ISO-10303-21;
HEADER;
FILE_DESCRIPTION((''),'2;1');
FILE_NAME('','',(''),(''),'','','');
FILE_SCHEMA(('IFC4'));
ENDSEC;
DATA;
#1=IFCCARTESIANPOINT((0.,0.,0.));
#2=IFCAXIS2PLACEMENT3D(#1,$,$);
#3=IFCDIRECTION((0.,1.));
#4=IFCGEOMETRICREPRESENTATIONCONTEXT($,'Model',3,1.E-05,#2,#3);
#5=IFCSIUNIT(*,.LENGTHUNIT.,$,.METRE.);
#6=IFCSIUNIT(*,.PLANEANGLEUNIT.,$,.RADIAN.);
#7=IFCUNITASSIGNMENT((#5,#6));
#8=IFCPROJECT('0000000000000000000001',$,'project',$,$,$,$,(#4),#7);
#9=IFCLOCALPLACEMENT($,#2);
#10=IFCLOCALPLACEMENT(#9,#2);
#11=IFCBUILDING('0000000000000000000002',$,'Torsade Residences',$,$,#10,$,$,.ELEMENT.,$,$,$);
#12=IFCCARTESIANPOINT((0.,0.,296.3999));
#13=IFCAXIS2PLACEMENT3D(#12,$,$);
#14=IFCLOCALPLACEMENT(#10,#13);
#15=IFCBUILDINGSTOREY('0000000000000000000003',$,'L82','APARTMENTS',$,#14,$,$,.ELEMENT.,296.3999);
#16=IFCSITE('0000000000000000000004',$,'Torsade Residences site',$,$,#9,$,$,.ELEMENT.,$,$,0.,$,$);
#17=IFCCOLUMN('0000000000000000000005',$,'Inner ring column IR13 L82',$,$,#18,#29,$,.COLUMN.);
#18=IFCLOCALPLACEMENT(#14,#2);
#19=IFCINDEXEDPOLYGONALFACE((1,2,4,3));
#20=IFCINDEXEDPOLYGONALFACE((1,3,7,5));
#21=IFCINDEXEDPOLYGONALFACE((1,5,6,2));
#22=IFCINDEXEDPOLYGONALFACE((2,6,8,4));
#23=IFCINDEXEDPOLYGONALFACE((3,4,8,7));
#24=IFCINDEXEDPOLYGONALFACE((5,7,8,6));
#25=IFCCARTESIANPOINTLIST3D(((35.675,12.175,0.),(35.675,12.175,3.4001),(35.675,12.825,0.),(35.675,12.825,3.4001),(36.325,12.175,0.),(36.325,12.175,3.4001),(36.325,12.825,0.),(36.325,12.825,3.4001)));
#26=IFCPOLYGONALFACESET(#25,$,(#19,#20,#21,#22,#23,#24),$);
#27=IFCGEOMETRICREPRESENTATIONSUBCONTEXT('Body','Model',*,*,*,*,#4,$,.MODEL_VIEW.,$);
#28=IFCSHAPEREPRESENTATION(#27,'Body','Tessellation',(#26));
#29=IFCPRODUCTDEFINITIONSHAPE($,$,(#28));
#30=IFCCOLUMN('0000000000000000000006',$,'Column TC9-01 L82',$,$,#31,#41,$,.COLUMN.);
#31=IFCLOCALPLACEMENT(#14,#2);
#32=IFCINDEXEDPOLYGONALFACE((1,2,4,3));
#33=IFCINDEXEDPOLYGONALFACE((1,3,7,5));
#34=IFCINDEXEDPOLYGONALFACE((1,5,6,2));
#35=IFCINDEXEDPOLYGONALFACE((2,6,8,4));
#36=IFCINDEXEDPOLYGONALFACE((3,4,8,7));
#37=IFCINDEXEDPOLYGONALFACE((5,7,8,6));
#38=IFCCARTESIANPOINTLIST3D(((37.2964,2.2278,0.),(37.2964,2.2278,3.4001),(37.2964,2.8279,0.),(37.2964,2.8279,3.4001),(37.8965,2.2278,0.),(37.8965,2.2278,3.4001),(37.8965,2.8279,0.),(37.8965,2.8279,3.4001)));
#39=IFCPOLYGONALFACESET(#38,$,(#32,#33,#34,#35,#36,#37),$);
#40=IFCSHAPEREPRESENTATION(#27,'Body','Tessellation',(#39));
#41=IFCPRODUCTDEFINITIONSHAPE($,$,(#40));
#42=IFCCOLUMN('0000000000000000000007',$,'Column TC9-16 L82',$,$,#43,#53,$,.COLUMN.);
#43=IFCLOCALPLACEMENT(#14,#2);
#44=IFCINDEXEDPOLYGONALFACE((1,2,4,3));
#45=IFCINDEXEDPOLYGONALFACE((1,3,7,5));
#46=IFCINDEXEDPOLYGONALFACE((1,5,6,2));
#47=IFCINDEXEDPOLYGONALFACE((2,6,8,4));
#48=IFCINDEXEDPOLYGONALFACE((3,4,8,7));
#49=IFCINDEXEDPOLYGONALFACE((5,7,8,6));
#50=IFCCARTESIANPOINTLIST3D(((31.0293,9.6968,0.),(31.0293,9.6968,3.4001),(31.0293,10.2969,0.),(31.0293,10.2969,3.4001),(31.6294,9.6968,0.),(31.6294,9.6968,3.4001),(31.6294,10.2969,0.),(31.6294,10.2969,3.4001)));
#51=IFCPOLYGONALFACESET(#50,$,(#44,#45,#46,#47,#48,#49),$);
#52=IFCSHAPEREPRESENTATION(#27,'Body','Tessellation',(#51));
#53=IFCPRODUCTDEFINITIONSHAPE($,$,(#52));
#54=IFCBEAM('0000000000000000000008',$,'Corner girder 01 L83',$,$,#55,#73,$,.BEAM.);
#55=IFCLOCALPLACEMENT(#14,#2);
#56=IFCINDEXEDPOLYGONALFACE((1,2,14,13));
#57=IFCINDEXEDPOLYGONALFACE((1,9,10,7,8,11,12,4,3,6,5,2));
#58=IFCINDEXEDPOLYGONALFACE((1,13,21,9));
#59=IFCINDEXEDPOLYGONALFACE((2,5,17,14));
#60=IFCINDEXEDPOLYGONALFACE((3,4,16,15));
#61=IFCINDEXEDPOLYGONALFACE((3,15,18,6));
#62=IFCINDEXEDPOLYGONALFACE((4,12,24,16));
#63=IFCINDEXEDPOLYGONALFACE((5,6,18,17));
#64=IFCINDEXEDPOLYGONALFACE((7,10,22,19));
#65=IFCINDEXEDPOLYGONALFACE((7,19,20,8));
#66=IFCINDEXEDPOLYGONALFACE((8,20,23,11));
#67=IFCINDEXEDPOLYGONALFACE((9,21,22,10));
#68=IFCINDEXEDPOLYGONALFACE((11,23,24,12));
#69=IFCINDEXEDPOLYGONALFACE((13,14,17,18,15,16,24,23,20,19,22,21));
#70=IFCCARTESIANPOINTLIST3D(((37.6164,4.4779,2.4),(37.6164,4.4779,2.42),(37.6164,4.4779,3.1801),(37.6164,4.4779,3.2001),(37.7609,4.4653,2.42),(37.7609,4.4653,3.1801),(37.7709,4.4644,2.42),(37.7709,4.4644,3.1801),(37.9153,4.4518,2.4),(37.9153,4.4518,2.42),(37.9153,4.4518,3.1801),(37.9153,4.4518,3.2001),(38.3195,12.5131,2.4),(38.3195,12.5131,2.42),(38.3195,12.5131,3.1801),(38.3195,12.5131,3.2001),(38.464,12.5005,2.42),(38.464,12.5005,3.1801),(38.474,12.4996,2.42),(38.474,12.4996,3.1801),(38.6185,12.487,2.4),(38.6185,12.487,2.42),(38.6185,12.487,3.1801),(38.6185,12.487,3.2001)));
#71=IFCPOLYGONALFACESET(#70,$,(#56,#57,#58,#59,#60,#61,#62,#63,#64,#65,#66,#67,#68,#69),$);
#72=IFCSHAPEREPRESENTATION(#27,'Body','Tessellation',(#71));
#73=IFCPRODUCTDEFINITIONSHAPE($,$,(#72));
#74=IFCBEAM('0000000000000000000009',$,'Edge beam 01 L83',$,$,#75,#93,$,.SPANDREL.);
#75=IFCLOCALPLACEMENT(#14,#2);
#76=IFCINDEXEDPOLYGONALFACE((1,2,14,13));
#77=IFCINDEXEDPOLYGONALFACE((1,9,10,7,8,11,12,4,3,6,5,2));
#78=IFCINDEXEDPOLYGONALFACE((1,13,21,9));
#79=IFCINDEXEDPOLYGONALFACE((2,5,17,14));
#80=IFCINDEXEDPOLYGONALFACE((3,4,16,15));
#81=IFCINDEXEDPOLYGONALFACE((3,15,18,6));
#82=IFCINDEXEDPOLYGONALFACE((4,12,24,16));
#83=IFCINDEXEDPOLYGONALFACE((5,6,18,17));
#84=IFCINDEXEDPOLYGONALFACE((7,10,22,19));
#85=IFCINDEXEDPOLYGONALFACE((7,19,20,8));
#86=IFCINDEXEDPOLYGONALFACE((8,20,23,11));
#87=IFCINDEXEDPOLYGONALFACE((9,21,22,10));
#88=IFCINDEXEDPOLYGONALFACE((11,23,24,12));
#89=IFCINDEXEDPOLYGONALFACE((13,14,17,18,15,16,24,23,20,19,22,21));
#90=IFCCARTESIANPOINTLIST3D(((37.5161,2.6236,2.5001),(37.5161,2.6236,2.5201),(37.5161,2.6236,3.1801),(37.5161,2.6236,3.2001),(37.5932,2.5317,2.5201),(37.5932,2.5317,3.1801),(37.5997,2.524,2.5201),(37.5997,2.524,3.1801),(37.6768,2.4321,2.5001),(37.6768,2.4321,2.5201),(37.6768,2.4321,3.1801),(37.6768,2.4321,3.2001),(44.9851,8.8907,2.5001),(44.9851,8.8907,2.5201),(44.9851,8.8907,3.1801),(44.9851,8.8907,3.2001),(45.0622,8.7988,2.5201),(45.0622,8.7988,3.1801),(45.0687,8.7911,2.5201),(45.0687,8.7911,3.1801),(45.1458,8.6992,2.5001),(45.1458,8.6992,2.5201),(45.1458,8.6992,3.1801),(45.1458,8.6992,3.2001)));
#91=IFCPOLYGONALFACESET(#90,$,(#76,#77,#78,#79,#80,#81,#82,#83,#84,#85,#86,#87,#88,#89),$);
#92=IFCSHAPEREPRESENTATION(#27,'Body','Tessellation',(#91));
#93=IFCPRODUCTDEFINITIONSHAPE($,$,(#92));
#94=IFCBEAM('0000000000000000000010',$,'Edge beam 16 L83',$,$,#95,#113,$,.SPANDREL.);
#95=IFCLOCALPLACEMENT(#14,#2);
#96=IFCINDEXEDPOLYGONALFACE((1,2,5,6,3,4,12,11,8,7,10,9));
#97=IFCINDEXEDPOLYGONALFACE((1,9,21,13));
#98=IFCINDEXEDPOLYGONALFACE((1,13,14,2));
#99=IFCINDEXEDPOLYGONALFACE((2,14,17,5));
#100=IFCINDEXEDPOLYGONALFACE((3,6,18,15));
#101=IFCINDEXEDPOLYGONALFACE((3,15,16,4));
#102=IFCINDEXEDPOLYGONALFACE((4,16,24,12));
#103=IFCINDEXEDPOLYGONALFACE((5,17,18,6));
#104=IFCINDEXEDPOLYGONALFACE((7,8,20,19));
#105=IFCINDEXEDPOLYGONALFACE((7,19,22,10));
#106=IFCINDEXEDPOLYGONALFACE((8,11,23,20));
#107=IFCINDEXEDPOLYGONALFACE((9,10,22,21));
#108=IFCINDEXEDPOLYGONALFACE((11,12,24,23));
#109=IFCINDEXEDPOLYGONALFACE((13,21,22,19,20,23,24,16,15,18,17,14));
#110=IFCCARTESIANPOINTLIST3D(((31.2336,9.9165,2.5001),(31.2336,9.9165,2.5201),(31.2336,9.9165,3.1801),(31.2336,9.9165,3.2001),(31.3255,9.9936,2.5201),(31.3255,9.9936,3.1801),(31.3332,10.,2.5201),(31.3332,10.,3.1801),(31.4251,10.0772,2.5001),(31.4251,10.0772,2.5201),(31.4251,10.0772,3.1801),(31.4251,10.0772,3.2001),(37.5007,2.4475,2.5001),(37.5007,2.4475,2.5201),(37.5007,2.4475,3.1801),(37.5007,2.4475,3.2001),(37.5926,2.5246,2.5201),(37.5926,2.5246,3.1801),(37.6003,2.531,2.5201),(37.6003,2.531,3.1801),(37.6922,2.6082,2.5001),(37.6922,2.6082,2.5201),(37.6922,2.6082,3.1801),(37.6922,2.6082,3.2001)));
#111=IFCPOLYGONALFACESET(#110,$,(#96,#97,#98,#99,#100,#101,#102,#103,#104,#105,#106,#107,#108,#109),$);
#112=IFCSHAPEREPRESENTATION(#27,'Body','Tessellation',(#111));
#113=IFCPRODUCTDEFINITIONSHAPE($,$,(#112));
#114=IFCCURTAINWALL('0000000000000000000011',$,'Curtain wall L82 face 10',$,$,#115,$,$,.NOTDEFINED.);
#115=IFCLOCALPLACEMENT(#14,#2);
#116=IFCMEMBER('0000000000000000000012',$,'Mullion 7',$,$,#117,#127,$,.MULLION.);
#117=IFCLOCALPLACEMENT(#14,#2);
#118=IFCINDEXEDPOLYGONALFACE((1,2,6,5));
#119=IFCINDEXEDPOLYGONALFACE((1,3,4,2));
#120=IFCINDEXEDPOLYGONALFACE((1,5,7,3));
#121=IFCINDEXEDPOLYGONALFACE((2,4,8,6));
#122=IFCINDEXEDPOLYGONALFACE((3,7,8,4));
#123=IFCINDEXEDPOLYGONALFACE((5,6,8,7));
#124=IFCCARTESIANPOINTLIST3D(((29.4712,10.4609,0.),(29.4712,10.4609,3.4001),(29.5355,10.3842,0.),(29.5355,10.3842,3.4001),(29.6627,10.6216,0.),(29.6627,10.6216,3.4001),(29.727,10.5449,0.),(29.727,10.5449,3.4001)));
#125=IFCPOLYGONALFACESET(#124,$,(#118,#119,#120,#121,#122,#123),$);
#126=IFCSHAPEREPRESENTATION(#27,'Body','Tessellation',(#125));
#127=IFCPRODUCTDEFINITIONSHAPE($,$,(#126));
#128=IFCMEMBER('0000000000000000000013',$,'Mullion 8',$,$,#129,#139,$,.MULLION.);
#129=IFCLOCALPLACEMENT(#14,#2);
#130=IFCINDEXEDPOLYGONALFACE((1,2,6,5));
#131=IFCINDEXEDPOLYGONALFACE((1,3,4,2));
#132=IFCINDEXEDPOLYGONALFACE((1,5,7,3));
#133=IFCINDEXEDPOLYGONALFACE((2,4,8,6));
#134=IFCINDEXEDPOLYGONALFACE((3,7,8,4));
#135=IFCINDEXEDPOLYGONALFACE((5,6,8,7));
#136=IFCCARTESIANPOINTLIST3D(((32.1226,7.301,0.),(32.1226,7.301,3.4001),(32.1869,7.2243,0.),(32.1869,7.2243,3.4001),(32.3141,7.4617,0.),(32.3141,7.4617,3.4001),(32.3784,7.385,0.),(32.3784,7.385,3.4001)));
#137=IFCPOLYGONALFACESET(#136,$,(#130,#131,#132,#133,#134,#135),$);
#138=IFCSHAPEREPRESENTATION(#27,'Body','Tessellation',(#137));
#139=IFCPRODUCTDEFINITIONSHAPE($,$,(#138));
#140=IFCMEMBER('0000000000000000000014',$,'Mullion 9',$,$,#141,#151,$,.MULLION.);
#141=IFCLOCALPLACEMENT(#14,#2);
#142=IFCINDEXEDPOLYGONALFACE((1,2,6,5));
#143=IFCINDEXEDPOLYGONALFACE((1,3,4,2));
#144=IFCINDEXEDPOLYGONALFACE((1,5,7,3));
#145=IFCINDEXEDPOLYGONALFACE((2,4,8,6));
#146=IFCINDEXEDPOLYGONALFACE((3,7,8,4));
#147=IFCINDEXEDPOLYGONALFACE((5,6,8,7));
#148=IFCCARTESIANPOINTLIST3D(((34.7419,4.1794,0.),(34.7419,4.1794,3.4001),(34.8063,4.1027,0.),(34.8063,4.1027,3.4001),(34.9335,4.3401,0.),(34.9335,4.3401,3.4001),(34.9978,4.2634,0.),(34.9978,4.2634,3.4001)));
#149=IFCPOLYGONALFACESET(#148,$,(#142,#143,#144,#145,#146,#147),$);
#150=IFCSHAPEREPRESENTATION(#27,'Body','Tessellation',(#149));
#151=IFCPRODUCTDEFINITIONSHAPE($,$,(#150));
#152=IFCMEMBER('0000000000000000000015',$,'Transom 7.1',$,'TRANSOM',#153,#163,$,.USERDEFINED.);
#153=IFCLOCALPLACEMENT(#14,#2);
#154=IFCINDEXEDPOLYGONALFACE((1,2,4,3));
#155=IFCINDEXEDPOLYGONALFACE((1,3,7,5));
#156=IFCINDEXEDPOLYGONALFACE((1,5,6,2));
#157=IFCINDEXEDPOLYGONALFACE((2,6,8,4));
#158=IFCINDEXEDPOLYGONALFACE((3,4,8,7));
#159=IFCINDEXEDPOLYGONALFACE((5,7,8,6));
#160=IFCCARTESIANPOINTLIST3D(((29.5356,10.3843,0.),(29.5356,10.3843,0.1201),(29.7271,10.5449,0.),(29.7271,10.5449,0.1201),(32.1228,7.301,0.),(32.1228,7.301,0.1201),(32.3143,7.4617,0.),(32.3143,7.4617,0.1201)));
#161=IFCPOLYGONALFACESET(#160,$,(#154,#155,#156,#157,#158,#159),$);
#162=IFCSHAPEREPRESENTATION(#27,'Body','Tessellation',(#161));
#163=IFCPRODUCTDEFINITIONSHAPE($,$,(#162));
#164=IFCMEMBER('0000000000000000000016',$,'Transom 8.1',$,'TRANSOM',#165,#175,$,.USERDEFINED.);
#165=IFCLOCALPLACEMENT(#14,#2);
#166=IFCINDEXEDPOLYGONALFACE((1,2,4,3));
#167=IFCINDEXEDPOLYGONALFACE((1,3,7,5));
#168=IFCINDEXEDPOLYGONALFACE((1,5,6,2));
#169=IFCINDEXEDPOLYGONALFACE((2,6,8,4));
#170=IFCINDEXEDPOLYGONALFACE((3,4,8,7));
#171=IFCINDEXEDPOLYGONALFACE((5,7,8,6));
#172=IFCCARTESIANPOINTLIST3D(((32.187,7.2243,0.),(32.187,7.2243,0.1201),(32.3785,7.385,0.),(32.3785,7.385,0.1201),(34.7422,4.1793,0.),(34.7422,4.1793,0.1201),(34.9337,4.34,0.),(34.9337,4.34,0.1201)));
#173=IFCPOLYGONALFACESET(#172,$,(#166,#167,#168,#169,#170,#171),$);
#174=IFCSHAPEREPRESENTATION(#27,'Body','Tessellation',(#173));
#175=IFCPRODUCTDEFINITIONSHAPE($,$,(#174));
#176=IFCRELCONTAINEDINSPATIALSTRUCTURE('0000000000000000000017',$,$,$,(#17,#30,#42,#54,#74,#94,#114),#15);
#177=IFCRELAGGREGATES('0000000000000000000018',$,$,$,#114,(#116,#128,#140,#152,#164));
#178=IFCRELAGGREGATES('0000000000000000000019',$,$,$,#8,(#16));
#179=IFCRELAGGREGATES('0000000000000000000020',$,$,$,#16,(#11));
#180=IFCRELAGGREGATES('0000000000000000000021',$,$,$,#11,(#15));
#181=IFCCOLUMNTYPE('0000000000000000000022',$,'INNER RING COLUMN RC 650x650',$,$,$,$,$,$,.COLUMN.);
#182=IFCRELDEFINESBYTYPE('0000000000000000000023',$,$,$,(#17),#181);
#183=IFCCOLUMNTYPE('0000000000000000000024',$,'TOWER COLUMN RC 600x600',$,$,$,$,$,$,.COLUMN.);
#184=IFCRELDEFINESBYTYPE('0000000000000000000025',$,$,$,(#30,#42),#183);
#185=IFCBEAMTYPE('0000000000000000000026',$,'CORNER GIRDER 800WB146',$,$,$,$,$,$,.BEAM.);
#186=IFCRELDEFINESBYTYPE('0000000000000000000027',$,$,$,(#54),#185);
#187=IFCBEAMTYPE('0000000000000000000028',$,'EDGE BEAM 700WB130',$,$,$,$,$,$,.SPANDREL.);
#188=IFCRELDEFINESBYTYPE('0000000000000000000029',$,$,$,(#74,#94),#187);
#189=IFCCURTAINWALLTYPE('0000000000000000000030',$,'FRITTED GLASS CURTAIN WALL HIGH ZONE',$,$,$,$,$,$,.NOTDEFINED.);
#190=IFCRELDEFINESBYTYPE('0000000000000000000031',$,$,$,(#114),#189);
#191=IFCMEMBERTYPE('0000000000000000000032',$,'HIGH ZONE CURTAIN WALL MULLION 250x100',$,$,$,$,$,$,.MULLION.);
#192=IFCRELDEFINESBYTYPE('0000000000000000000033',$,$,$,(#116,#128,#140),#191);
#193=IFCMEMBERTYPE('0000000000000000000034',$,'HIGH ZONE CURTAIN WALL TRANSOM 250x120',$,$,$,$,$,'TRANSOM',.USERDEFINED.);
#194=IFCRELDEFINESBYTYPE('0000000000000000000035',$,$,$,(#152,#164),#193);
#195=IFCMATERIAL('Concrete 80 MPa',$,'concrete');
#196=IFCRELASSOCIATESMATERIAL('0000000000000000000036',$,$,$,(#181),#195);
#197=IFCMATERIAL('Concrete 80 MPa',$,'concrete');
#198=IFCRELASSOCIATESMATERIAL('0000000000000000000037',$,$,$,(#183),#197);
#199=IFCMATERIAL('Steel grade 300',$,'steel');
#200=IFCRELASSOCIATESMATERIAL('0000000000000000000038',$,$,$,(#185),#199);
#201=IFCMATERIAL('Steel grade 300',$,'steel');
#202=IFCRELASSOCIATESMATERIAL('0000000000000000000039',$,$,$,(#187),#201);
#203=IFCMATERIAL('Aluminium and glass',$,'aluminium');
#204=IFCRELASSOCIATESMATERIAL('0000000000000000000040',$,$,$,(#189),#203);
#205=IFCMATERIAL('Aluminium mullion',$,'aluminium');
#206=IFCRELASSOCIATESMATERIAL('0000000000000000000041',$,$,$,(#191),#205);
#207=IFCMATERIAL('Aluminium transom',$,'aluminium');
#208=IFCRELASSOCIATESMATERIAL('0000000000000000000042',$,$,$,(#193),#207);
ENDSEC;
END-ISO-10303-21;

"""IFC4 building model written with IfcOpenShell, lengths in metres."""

from ifc_helpers import new_model, si_unit, direction, frame, origin, origin_2d, place, context, subcontext, project, spatial, rectangle, i_section, extrude, material, material_profile, profile_set, type_object, element, aggregate, save


model = new_model("IFC4")

# Units and contexts
model_context = context("Model", 3, precision=1e-05, world=origin(), true_north=direction((0.0, 1.0)))
body_context = subcontext(model_context, "Body", "Model", "MODEL_VIEW")
ifc_project = project(units=[si_unit("LENGTHUNIT", "METRE"), si_unit("PLANEANGLEUNIT", "RADIAN")], contexts=[model_context])

# Site, building, storey
site_placement = place(None, origin())
site = spatial("IfcSite", under=ifc_project, at=site_placement, Name="Torsade Residences site", CompositionType="ELEMENT", RefElevation=0.0)
building_placement = place(site_placement, origin())
building = spatial("IfcBuilding", under=site, at=building_placement, Name="Torsade Residences", CompositionType="ELEMENT")
storey_placement = place(building_placement, frame((0.0, 0.0, 296.3999)))
storey = spatial("IfcBuildingStorey", under=building, at=storey_placement, Name="L82", Description="APARTMENTS", CompositionType="ELEMENT", Elevation=296.3999)

# Columns
ifc_material_1 = material(Name="Concrete 80 MPa", Category="concrete")
ifc_material_profile_1 = material_profile(ifc_material_1, rectangle(XDim=0.6499, YDim=0.6499, at=origin_2d()), Name="RC 650x650")
ifc_profile_set_1 = profile_set([ifc_material_profile_1], Name="Concrete 80 MPa")
column_type_1 = type_object("IfcColumnType", Name="INNER RING COLUMN RC 650x650", PredefinedType="COLUMN", material=ifc_profile_set_1)
column_placement = place(storey_placement, frame((36.0, 12.5, 0.0), z_axis=(0.0, 0.0, 1.0), x_axis=(1.0, 0.0, 0.0)))
element("IfcColumn", 1, at=column_placement, inside=storey, type_object=column_type_1, Name="Inner ring column IR13 L82", PredefinedType="COLUMN", context=body_context, shape_type="SweptSolid", body=[
    extrude(rectangle(XDim=0.6499, YDim=0.6499, at=origin_2d()), origin(), (0.0, 0.0, 1.0), 3.4001),
])
ifc_material_2 = material(Name="Concrete 80 MPa", Category="concrete")
ifc_material_profile_2 = material_profile(ifc_material_2, rectangle(XDim=0.6001, YDim=0.6001, at=origin_2d()), Name="RC 600x600")
ifc_profile_set_2 = profile_set([ifc_material_profile_2], Name="Concrete 80 MPa")
column_type_2 = type_object("IfcColumnType", Name="TOWER COLUMN RC 600x600", PredefinedType="COLUMN", material=ifc_profile_set_2)
for number, where, z_axis, x_axis, name in (
    (2, (37.5964, 2.5278, 0.0), (0.0, 0.0, 1.0), (1.0, 0.0, 0.0), "Column TC9-01 L82"),
    (3, (31.3293, 9.9968, 0.0), (0.0, 0.0, 1.0), (1.0, 0.0, 0.0), "Column TC9-16 L82"),
):
    element("IfcColumn", number, at=place(storey_placement, frame(where, z_axis=z_axis, x_axis=x_axis)), inside=storey, type_object=column_type_2, Name=name, PredefinedType="COLUMN", context=body_context, shape_type="SweptSolid", body=[
        extrude(rectangle(XDim=0.6001, YDim=0.6001, at=origin_2d()), origin(), (0.0, 0.0, 1.0), 3.4001),
    ])

# Beams
ifc_material_3 = material(Name="Steel grade 300", Category="steel")
ifc_material_profile_3 = material_profile(ifc_material_3, i_section(OverallWidth=0.3, OverallDepth=0.8, WebThickness=0.01, FlangeThickness=0.02, at=origin_2d()), Name="800WB146")
ifc_profile_set_3 = profile_set([ifc_material_profile_3], Name="Steel grade 300")
beam_type_1 = type_object("IfcBeamType", Name="CORNER GIRDER 800WB146", PredefinedType="BEAM", material=ifc_profile_set_3)
beam_1_placement = place(storey_placement, frame((37.7659, 4.4648, 2.8), z_axis=(0.087173, 0.996193, 0.0), x_axis=(-0.996193, 0.087173, 0.0)))
element("IfcBeam", 4, at=beam_1_placement, inside=storey, type_object=beam_type_1, Name="Corner girder 01 L83", PredefinedType="BEAM", context=body_context, shape_type="SweptSolid", body=[
    extrude(i_section(OverallWidth=0.3, OverallDepth=0.8, WebThickness=0.01, FlangeThickness=0.02, at=origin_2d()), origin(), (0.0, 0.0, 1.0), 8.0659),
])
ifc_material_4 = material(Name="Steel grade 300", Category="steel")
ifc_material_profile_4 = material_profile(ifc_material_4, i_section(OverallWidth=0.25, OverallDepth=0.7, WebThickness=0.01, FlangeThickness=0.02, at=origin_2d()), Name="700WB130")
ifc_profile_set_4 = profile_set([ifc_material_profile_4], Name="Steel grade 300")
beam_type_2 = type_object("IfcBeamType", Name="EDGE BEAM 700WB130", PredefinedType="SPANDREL", material=ifc_profile_set_4)
for number, where, z_axis, x_axis, name in (
    (5, (37.5964, 2.5278, 2.8501), (0.766052, 0.642779, 0.0), (-0.642779, 0.766052, 0.0), "Edge beam 01 L83"),
    (6, (31.3293, 9.9968, 2.8501), (0.642779, -0.766052, 0.0), (0.766052, 0.642779, 0.0), "Edge beam 16 L83"),
):
    element("IfcBeam", number, at=place(storey_placement, frame(where, z_axis=z_axis, x_axis=x_axis)), inside=storey, type_object=beam_type_2, Name=name, PredefinedType="SPANDREL", context=body_context, shape_type="SweptSolid", body=[
        extrude(i_section(OverallWidth=0.25, OverallDepth=0.7, WebThickness=0.01, FlangeThickness=0.02, at=origin_2d()), origin(), (0.0, 0.0, 1.0), 9.75),
    ])

# Curtain wall, members
ifc_material_5 = material(Name="Aluminium and glass", Category="aluminium")
curtain_wall_type = type_object("IfcCurtainWallType", Name="FRITTED GLASS CURTAIN WALL HIGH ZONE", PredefinedType="NOTDEFINED", material=ifc_material_5)
curtain_wall_placement = place(storey_placement, origin())
curtain_wall = element("IfcCurtainWall", 7, at=curtain_wall_placement, inside=storey, type_object=curtain_wall_type, Name="Curtain wall L82 face 10", PredefinedType="NOTDEFINED")
ifc_material_6 = material(Name="Aluminium mullion", Category="aluminium")
ifc_material_profile_5 = material_profile(ifc_material_6, rectangle(XDim=0.25, YDim=0.1001, at=origin_2d()), Name="HIGH ZONE CURTAIN WALL MULLION 250x100")
ifc_profile_set_5 = profile_set([ifc_material_profile_5], Name="Aluminium mullion")
member_type_1 = type_object("IfcMemberType", Name="HIGH ZONE CURTAIN WALL MULLION 250x100", PredefinedType="MULLION", material=ifc_profile_set_5)
member_1_placement = place(storey_placement, frame((29.5991, 10.5029, 0.0), z_axis=(0.0, 0.0, 1.0), x_axis=(0.766044, 0.642788, 0.0)))
member_1 = element("IfcMember", 8, at=member_1_placement, type_object=member_type_1, Name="Mullion 7", PredefinedType="MULLION", context=body_context, shape_type="SweptSolid", body=[
    extrude(rectangle(XDim=0.25, YDim=0.1001, at=origin_2d()), origin(), (0.0, 0.0, 1.0), 3.4001),
])
member_2_placement = place(storey_placement, frame((32.2505, 7.343, 0.0), z_axis=(0.0, 0.0, 1.0), x_axis=(0.766044, 0.642788, 0.0)))
member_2 = element("IfcMember", 9, at=member_2_placement, type_object=member_type_1, Name="Mullion 8", PredefinedType="MULLION", context=body_context, shape_type="SweptSolid", body=[
    extrude(rectangle(XDim=0.25, YDim=0.1001, at=origin_2d()), origin(), (0.0, 0.0, 1.0), 3.4001),
])
member_3_placement = place(storey_placement, frame((34.8699, 4.2214, 0.0), z_axis=(0.0, 0.0, 1.0), x_axis=(0.766044, 0.642788, 0.0)))
member_3 = element("IfcMember", 10, at=member_3_placement, type_object=member_type_1, Name="Mullion 9", PredefinedType="MULLION", context=body_context, shape_type="SweptSolid", body=[
    extrude(rectangle(XDim=0.25, YDim=0.1001, at=origin_2d()), origin(), (0.0, 0.0, 1.0), 3.4001),
])
ifc_material_7 = material(Name="Aluminium transom", Category="aluminium")
ifc_material_profile_6 = material_profile(ifc_material_7, rectangle(XDim=0.25, YDim=0.1201, at=origin_2d()), Name="HIGH ZONE CURTAIN WALL TRANSOM 250x120")
ifc_profile_set_6 = profile_set([ifc_material_profile_6], Name="Aluminium transom")
member_type_2 = type_object("IfcMemberType", Name="HIGH ZONE CURTAIN WALL TRANSOM 250x120", ElementType="TRANSOM", PredefinedType="USERDEFINED", material=ifc_profile_set_6)
member_4_placement = place(storey_placement, frame((29.6313, 10.4646, 0.0601), z_axis=(0.642788, -0.766044, 0.0), x_axis=(0.766044, 0.642788, 0.0)))
member_4 = element("IfcMember", 11, at=member_4_placement, type_object=member_type_2, Name="Transom 7.1", ObjectType="TRANSOM", PredefinedType="USERDEFINED", context=body_context, shape_type="SweptSolid", body=[
    extrude(rectangle(XDim=0.25, YDim=0.1201, at=origin_2d()), origin(), (0.0, 0.0, 1.0), 4.0249),
])
member_5_placement = place(storey_placement, frame((32.2827, 7.3047, 0.0601), z_axis=(0.642815, -0.766022, 0.0), x_axis=(0.766022, 0.642815, 0.0)))
member_5 = element("IfcMember", 12, at=member_5_placement, type_object=member_type_2, Name="Transom 8.1", ObjectType="TRANSOM", PredefinedType="USERDEFINED", context=body_context, shape_type="SweptSolid", body=[
    extrude(rectangle(XDim=0.25, YDim=0.1201, at=origin_2d()), origin(), (0.0, 0.0, 1.0), 3.9751),
])

aggregate(curtain_wall, [member_1, member_2, member_3, member_4, member_5])

save(model, "model.ifc")
